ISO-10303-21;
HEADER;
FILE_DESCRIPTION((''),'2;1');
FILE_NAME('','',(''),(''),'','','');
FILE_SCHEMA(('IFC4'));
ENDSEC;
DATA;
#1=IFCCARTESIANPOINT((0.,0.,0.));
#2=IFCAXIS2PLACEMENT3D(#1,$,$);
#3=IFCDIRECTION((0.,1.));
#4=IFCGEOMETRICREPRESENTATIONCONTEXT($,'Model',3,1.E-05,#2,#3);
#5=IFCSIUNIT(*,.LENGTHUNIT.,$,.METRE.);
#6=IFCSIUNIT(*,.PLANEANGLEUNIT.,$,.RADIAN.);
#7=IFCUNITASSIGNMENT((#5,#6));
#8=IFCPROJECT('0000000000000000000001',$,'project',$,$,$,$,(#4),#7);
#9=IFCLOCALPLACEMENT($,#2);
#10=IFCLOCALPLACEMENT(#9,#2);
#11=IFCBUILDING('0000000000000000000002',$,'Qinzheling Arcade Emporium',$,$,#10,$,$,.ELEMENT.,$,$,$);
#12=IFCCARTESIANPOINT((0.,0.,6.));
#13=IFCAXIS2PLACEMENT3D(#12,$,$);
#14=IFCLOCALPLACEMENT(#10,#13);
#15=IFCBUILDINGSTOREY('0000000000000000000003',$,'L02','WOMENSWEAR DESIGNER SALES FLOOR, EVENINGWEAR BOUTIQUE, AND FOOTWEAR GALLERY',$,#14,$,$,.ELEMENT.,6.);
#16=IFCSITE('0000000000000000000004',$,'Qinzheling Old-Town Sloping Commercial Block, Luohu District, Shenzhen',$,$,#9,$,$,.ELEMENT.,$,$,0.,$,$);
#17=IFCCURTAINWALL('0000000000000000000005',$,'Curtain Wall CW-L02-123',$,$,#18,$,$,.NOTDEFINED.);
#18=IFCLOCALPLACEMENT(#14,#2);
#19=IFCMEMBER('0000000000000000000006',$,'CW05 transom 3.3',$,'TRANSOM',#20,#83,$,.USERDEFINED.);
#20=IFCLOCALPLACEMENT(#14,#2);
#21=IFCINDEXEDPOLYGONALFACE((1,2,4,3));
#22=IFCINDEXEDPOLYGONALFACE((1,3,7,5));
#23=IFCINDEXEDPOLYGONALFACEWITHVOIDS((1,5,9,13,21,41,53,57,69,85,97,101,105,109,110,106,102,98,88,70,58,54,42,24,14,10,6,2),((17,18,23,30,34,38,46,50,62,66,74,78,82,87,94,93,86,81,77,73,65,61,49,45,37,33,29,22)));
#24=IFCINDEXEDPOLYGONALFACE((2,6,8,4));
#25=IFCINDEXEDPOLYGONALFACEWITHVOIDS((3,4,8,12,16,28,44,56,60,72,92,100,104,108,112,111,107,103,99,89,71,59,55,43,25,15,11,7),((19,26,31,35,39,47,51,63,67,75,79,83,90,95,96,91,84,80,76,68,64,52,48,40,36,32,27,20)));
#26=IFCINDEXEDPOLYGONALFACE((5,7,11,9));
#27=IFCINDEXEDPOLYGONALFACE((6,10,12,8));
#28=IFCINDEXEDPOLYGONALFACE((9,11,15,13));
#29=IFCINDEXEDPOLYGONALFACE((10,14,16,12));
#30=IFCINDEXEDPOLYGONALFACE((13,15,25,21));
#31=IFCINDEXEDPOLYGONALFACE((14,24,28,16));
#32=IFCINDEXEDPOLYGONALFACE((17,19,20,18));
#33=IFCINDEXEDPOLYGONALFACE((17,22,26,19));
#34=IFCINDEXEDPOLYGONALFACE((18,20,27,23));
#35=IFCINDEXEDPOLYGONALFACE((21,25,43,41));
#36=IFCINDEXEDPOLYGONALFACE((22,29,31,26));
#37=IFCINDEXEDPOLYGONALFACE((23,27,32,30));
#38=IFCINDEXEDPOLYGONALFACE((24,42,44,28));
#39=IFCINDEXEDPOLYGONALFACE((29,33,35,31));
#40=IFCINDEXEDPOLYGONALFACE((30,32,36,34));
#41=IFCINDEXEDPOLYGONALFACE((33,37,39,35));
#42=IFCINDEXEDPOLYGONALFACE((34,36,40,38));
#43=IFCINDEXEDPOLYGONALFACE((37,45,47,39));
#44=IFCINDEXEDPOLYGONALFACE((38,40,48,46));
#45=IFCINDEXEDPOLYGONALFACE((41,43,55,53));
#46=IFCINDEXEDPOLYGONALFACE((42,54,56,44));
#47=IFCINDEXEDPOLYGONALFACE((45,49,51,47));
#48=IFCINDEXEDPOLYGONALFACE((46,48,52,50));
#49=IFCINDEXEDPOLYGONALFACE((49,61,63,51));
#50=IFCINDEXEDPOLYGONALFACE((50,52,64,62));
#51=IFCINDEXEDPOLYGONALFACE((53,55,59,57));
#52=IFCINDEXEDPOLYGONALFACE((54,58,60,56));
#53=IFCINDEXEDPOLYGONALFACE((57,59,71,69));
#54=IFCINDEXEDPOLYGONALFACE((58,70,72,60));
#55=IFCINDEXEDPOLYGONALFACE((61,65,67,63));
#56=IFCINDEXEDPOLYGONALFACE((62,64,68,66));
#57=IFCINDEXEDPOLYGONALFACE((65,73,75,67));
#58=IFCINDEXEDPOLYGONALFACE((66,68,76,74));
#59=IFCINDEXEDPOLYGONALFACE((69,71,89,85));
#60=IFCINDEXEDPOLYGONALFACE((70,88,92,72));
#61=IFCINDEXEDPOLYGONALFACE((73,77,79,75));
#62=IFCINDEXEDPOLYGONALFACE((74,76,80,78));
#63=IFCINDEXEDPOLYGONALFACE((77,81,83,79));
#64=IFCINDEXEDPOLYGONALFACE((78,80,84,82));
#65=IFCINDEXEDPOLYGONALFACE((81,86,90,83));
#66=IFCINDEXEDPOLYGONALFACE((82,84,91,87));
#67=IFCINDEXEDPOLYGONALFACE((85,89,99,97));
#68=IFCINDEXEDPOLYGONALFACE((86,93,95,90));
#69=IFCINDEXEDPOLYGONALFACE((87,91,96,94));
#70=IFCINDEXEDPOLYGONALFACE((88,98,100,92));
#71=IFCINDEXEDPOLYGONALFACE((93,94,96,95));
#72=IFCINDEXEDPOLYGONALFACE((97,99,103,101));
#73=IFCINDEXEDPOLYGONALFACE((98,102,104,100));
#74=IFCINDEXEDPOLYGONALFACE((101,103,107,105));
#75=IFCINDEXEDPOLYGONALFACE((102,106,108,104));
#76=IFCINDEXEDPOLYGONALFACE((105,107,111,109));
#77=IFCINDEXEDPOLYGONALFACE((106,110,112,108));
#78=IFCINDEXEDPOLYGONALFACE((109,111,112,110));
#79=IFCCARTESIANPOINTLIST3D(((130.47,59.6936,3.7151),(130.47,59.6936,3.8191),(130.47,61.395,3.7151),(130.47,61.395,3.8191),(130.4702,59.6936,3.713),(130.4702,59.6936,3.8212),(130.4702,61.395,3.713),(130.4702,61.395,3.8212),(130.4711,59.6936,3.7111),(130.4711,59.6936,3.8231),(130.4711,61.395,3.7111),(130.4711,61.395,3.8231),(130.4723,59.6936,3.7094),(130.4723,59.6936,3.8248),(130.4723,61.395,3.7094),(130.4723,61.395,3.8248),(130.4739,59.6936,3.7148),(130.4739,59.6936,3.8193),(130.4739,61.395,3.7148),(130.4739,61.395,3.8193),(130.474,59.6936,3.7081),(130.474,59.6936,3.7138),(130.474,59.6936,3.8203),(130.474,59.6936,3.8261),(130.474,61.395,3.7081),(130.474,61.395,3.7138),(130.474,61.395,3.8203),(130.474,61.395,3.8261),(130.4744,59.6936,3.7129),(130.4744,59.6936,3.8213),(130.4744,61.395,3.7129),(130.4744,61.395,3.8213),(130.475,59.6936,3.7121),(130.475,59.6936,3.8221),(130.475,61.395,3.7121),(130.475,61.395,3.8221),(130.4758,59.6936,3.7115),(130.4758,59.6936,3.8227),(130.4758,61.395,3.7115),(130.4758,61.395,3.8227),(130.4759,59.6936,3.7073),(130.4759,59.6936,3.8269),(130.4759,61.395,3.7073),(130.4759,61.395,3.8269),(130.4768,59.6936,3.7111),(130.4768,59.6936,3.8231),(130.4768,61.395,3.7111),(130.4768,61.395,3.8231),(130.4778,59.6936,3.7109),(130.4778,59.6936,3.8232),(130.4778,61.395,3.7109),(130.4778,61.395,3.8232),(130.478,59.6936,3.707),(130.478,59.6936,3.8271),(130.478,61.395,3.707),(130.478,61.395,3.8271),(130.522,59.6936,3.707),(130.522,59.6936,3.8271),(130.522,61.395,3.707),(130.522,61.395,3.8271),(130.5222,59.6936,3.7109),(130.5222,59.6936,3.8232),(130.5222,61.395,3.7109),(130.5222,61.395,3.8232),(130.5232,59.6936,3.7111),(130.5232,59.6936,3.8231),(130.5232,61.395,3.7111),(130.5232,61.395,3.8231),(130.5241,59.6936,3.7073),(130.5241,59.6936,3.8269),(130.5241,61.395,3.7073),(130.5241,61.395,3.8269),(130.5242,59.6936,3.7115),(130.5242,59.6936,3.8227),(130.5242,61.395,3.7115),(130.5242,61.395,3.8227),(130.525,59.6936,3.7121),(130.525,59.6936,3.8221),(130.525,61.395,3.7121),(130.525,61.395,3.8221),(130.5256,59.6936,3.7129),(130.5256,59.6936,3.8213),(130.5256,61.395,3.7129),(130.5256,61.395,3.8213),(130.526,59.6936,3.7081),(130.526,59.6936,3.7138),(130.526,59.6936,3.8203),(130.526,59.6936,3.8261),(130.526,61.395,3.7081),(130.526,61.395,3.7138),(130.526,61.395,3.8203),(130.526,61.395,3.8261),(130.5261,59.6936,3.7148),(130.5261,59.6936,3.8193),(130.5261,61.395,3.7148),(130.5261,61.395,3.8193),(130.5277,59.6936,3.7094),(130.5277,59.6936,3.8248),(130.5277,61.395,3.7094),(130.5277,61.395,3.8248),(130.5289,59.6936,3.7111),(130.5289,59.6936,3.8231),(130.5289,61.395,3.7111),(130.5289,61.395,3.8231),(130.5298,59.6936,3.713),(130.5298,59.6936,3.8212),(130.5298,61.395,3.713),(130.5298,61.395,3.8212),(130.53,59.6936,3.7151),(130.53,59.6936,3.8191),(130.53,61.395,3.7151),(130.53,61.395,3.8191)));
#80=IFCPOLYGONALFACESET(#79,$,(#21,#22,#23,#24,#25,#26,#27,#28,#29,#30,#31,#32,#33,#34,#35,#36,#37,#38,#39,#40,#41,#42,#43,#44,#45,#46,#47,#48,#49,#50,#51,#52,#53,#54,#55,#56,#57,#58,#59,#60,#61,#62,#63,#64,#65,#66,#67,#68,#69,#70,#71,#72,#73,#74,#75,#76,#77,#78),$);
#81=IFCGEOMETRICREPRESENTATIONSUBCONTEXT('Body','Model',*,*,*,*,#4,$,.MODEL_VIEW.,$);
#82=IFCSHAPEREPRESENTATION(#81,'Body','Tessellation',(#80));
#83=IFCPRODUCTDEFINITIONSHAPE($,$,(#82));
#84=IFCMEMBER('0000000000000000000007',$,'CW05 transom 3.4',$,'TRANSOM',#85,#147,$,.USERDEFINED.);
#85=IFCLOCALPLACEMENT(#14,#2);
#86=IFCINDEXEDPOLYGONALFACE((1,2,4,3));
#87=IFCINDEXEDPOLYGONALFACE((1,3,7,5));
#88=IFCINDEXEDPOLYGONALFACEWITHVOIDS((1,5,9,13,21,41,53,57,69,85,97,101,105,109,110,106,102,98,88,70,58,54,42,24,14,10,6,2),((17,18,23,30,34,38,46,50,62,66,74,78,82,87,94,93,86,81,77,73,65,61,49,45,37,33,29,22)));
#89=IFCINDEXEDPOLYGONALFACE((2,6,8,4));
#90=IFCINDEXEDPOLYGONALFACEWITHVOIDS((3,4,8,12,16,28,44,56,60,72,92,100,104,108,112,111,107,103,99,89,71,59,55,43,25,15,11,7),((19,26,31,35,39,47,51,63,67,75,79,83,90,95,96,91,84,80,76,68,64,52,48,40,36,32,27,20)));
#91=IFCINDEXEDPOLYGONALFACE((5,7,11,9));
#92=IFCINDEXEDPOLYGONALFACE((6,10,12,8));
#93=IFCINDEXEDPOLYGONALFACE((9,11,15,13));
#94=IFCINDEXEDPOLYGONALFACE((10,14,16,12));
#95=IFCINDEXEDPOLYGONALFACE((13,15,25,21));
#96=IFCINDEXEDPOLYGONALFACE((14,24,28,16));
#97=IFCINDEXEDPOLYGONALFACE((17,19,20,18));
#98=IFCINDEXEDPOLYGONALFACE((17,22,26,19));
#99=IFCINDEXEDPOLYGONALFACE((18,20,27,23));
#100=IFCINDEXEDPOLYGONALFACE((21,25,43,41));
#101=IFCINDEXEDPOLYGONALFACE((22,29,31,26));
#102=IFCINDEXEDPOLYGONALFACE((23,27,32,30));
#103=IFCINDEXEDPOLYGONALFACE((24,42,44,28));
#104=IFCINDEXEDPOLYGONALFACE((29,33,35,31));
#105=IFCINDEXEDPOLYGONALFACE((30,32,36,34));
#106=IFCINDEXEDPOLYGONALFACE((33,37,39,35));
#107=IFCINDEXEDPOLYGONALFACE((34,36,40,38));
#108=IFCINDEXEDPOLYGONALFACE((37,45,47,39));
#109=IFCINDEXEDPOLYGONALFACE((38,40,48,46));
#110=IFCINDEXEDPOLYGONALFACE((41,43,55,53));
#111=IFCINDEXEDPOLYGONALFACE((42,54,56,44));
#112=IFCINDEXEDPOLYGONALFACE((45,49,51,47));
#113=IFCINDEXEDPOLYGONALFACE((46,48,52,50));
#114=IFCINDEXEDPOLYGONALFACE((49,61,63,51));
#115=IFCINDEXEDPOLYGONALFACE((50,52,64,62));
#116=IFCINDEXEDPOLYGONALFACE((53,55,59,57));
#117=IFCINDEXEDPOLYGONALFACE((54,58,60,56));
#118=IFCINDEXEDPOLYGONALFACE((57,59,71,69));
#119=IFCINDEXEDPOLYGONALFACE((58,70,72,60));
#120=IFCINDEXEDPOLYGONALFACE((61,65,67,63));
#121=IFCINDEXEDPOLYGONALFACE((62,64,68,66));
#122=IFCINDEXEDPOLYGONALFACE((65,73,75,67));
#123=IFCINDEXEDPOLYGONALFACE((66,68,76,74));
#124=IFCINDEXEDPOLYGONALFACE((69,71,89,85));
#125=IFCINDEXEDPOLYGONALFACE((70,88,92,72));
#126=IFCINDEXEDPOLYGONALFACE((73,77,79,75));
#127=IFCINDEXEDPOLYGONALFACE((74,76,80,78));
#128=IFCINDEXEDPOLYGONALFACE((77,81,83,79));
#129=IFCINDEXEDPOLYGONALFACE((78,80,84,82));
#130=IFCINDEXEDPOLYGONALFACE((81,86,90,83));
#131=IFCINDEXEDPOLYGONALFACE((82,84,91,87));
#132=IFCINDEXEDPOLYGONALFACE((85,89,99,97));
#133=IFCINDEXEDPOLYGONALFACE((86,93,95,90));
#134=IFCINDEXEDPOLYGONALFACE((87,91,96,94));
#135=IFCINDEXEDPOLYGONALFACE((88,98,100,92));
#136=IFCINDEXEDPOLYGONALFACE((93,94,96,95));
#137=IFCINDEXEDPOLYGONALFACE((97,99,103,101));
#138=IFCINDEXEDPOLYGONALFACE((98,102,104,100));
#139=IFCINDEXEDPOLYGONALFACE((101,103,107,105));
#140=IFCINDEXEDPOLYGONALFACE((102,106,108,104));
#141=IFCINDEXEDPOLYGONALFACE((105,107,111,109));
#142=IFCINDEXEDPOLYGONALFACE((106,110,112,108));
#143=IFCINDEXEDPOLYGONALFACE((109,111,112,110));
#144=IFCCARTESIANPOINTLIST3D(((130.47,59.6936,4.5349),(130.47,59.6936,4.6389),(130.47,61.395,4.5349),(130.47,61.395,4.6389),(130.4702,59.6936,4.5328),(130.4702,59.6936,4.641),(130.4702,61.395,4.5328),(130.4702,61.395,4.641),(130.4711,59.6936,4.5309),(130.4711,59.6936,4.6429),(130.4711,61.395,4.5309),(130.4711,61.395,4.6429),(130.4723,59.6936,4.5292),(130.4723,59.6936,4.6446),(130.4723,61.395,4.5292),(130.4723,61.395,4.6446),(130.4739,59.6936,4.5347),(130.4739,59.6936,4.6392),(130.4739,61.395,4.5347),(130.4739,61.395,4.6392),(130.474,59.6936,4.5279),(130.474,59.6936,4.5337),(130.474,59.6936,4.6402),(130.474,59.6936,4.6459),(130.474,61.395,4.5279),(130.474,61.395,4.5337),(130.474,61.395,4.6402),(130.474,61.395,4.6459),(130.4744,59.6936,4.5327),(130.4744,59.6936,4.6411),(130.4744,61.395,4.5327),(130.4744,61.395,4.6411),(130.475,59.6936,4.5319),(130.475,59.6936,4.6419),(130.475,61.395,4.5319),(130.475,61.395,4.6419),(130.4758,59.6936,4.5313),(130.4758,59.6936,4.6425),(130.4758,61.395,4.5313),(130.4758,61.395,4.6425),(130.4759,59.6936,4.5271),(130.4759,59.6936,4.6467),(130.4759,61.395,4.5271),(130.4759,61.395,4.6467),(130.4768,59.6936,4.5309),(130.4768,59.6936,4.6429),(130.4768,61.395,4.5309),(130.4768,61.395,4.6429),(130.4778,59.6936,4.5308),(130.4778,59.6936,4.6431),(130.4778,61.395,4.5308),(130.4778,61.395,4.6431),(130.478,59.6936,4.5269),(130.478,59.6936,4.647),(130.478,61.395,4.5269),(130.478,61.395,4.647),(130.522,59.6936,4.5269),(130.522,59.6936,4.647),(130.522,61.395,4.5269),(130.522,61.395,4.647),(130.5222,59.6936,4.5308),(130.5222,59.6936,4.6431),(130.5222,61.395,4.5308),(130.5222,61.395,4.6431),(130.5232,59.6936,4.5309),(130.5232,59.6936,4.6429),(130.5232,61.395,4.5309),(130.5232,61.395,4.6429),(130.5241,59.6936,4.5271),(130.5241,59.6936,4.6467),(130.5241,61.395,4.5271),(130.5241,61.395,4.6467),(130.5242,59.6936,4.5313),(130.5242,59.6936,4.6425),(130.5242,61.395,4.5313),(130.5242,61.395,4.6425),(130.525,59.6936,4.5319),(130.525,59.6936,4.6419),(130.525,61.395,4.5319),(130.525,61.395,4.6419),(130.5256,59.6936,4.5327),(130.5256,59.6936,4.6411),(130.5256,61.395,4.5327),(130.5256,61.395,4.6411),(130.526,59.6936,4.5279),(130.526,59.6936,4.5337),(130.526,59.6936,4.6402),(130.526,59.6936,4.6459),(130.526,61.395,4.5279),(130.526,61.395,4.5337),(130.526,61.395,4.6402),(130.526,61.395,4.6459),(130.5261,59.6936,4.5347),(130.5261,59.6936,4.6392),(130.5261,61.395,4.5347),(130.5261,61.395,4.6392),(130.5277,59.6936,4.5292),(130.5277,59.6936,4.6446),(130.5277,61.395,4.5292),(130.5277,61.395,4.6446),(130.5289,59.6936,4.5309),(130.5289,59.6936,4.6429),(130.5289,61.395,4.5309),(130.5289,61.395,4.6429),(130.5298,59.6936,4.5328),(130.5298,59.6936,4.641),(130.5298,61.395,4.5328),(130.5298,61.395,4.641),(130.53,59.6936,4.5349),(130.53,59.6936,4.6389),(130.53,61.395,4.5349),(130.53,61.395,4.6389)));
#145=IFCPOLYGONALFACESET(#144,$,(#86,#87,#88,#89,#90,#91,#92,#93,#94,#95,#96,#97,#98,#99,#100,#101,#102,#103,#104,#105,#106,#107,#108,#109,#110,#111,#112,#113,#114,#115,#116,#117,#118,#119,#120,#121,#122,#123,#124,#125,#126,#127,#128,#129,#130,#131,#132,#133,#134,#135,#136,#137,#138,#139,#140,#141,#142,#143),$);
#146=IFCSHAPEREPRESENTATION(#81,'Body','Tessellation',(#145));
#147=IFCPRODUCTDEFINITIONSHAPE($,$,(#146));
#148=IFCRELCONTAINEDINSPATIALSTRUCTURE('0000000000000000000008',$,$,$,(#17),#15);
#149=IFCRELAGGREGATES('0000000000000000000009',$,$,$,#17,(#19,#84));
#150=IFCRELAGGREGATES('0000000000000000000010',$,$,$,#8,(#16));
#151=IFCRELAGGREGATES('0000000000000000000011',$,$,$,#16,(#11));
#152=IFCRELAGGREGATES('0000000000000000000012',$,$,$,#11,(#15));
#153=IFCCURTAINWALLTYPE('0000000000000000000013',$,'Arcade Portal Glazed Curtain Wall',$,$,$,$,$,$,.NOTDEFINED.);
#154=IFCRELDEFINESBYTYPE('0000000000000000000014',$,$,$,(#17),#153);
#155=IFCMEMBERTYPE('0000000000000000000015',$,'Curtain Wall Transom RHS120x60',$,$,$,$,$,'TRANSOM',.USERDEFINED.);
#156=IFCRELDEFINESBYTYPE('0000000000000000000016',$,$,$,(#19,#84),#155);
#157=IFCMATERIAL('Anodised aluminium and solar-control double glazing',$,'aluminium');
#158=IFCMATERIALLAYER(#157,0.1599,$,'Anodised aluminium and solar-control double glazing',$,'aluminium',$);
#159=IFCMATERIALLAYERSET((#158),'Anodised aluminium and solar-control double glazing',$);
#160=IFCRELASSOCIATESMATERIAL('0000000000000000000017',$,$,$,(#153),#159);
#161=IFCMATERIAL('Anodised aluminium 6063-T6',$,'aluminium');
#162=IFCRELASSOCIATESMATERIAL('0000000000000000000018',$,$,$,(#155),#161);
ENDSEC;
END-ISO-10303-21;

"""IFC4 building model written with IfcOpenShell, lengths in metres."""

from ifc_helpers import new_model, si_unit, direction, frame, origin, origin_2d, place, context, subcontext, project, spatial, hollow_rectangle, extrude, material, layer, layer_set, material_profile, profile_set, type_object, element, aggregate, save


model = new_model("IFC4")

# Units and contexts
model_context = context("Model", 3, precision=1e-05, world=origin(), true_north=direction((0.0, 1.0)))
body_context = subcontext(model_context, "Body", "Model", "MODEL_VIEW")
ifc_project = project(units=[si_unit("LENGTHUNIT", "METRE"), si_unit("PLANEANGLEUNIT", "RADIAN")], contexts=[model_context])

# Site, building, storey
site_placement = place(None, origin())
site = spatial("IfcSite", under=ifc_project, at=site_placement, Name="Qinzheling Old-Town Sloping Commercial Block, Luohu District, Shenzhen", CompositionType="ELEMENT", RefElevation=0.0)
building_placement = place(site_placement, origin())
building = spatial("IfcBuilding", under=site, at=building_placement, Name="Qinzheling Arcade Emporium", CompositionType="ELEMENT")
storey_placement = place(building_placement, frame((0.0, 0.0, 6.0)))
storey = spatial("IfcBuildingStorey", under=building, at=storey_placement, Name="L02", Description="WOMENSWEAR DESIGNER SALES FLOOR, EVENINGWEAR BOUTIQUE, AND FOOTWEAR GALLERY", CompositionType="ELEMENT", Elevation=6.0)

# Curtain wall, members
ifc_material_1 = material(Name="Anodised aluminium and solar-control double glazing", Category="aluminium")
ifc_layer_1 = layer(ifc_material_1, 0.1599, Name="Anodised aluminium and solar-control double glazing", Category="aluminium")
ifc_layer_set_1 = layer_set([ifc_layer_1], Name="Anodised aluminium and solar-control double glazing")
curtain_wall_type = type_object("IfcCurtainWallType", Name="Arcade Portal Glazed Curtain Wall", PredefinedType="NOTDEFINED", material=ifc_layer_set_1)
curtain_wall_placement = place(storey_placement, origin())
curtain_wall = element("IfcCurtainWall", 1, at=curtain_wall_placement, inside=storey, type_object=curtain_wall_type, Name="Curtain Wall CW-L02-123", PredefinedType="NOTDEFINED")
ifc_material_2 = material(Name="Anodised aluminium 6063-T6", Category="aluminium")
ifc_material_profile_1 = material_profile(ifc_material_2, hollow_rectangle(XDim=0.0601, YDim=0.1201, WallThickness=0.0039, InnerFilletRadius=0.0039, OuterFilletRadius=0.0081, at=origin_2d()), Name="RHS 120x60x4", Category="aluminium")
ifc_profile_set_1 = profile_set([ifc_material_profile_1], Name="Anodised aluminium 6063-T6")
member_type_1 = type_object("IfcMemberType", Name="Curtain Wall Transom RHS120x60", ElementType="TRANSOM", PredefinedType="USERDEFINED", material=ifc_profile_set_1)
member_1_placement = place(storey_placement, frame((130.5, 61.395, 3.7671), z_axis=(0.0, -1.0, 0.0), x_axis=(1.0, 0.0, 0.0)))
member_1 = element("IfcMember", 2, at=member_1_placement, type_object=member_type_1, Name="CW05 transom 3.3", ObjectType="TRANSOM", PredefinedType="USERDEFINED", context=body_context, shape_type="SweptSolid", body=[
    extrude(hollow_rectangle(XDim=0.0601, YDim=0.1201, WallThickness=0.0039, InnerFilletRadius=0.0039, OuterFilletRadius=0.0081, at=origin_2d()), origin(), (0.0, 0.0, 1.0), 1.7014),
])
member_2_placement = place(storey_placement, frame((130.5, 61.395, 4.5869), z_axis=(0.0, -1.0, 0.0), x_axis=(1.0, 0.0, 0.0)))
member_2 = element("IfcMember", 3, at=member_2_placement, type_object=member_type_1, Name="CW05 transom 3.4", ObjectType="TRANSOM", PredefinedType="USERDEFINED", context=body_context, shape_type="SweptSolid", body=[
    extrude(hollow_rectangle(XDim=0.0601, YDim=0.1201, WallThickness=0.0039, InnerFilletRadius=0.0039, OuterFilletRadius=0.0081, at=origin_2d()), origin(), (0.0, 0.0, 1.0), 1.7014),
])
aggregate(curtain_wall, [member_1, member_2])

save(model, "model.ifc")
